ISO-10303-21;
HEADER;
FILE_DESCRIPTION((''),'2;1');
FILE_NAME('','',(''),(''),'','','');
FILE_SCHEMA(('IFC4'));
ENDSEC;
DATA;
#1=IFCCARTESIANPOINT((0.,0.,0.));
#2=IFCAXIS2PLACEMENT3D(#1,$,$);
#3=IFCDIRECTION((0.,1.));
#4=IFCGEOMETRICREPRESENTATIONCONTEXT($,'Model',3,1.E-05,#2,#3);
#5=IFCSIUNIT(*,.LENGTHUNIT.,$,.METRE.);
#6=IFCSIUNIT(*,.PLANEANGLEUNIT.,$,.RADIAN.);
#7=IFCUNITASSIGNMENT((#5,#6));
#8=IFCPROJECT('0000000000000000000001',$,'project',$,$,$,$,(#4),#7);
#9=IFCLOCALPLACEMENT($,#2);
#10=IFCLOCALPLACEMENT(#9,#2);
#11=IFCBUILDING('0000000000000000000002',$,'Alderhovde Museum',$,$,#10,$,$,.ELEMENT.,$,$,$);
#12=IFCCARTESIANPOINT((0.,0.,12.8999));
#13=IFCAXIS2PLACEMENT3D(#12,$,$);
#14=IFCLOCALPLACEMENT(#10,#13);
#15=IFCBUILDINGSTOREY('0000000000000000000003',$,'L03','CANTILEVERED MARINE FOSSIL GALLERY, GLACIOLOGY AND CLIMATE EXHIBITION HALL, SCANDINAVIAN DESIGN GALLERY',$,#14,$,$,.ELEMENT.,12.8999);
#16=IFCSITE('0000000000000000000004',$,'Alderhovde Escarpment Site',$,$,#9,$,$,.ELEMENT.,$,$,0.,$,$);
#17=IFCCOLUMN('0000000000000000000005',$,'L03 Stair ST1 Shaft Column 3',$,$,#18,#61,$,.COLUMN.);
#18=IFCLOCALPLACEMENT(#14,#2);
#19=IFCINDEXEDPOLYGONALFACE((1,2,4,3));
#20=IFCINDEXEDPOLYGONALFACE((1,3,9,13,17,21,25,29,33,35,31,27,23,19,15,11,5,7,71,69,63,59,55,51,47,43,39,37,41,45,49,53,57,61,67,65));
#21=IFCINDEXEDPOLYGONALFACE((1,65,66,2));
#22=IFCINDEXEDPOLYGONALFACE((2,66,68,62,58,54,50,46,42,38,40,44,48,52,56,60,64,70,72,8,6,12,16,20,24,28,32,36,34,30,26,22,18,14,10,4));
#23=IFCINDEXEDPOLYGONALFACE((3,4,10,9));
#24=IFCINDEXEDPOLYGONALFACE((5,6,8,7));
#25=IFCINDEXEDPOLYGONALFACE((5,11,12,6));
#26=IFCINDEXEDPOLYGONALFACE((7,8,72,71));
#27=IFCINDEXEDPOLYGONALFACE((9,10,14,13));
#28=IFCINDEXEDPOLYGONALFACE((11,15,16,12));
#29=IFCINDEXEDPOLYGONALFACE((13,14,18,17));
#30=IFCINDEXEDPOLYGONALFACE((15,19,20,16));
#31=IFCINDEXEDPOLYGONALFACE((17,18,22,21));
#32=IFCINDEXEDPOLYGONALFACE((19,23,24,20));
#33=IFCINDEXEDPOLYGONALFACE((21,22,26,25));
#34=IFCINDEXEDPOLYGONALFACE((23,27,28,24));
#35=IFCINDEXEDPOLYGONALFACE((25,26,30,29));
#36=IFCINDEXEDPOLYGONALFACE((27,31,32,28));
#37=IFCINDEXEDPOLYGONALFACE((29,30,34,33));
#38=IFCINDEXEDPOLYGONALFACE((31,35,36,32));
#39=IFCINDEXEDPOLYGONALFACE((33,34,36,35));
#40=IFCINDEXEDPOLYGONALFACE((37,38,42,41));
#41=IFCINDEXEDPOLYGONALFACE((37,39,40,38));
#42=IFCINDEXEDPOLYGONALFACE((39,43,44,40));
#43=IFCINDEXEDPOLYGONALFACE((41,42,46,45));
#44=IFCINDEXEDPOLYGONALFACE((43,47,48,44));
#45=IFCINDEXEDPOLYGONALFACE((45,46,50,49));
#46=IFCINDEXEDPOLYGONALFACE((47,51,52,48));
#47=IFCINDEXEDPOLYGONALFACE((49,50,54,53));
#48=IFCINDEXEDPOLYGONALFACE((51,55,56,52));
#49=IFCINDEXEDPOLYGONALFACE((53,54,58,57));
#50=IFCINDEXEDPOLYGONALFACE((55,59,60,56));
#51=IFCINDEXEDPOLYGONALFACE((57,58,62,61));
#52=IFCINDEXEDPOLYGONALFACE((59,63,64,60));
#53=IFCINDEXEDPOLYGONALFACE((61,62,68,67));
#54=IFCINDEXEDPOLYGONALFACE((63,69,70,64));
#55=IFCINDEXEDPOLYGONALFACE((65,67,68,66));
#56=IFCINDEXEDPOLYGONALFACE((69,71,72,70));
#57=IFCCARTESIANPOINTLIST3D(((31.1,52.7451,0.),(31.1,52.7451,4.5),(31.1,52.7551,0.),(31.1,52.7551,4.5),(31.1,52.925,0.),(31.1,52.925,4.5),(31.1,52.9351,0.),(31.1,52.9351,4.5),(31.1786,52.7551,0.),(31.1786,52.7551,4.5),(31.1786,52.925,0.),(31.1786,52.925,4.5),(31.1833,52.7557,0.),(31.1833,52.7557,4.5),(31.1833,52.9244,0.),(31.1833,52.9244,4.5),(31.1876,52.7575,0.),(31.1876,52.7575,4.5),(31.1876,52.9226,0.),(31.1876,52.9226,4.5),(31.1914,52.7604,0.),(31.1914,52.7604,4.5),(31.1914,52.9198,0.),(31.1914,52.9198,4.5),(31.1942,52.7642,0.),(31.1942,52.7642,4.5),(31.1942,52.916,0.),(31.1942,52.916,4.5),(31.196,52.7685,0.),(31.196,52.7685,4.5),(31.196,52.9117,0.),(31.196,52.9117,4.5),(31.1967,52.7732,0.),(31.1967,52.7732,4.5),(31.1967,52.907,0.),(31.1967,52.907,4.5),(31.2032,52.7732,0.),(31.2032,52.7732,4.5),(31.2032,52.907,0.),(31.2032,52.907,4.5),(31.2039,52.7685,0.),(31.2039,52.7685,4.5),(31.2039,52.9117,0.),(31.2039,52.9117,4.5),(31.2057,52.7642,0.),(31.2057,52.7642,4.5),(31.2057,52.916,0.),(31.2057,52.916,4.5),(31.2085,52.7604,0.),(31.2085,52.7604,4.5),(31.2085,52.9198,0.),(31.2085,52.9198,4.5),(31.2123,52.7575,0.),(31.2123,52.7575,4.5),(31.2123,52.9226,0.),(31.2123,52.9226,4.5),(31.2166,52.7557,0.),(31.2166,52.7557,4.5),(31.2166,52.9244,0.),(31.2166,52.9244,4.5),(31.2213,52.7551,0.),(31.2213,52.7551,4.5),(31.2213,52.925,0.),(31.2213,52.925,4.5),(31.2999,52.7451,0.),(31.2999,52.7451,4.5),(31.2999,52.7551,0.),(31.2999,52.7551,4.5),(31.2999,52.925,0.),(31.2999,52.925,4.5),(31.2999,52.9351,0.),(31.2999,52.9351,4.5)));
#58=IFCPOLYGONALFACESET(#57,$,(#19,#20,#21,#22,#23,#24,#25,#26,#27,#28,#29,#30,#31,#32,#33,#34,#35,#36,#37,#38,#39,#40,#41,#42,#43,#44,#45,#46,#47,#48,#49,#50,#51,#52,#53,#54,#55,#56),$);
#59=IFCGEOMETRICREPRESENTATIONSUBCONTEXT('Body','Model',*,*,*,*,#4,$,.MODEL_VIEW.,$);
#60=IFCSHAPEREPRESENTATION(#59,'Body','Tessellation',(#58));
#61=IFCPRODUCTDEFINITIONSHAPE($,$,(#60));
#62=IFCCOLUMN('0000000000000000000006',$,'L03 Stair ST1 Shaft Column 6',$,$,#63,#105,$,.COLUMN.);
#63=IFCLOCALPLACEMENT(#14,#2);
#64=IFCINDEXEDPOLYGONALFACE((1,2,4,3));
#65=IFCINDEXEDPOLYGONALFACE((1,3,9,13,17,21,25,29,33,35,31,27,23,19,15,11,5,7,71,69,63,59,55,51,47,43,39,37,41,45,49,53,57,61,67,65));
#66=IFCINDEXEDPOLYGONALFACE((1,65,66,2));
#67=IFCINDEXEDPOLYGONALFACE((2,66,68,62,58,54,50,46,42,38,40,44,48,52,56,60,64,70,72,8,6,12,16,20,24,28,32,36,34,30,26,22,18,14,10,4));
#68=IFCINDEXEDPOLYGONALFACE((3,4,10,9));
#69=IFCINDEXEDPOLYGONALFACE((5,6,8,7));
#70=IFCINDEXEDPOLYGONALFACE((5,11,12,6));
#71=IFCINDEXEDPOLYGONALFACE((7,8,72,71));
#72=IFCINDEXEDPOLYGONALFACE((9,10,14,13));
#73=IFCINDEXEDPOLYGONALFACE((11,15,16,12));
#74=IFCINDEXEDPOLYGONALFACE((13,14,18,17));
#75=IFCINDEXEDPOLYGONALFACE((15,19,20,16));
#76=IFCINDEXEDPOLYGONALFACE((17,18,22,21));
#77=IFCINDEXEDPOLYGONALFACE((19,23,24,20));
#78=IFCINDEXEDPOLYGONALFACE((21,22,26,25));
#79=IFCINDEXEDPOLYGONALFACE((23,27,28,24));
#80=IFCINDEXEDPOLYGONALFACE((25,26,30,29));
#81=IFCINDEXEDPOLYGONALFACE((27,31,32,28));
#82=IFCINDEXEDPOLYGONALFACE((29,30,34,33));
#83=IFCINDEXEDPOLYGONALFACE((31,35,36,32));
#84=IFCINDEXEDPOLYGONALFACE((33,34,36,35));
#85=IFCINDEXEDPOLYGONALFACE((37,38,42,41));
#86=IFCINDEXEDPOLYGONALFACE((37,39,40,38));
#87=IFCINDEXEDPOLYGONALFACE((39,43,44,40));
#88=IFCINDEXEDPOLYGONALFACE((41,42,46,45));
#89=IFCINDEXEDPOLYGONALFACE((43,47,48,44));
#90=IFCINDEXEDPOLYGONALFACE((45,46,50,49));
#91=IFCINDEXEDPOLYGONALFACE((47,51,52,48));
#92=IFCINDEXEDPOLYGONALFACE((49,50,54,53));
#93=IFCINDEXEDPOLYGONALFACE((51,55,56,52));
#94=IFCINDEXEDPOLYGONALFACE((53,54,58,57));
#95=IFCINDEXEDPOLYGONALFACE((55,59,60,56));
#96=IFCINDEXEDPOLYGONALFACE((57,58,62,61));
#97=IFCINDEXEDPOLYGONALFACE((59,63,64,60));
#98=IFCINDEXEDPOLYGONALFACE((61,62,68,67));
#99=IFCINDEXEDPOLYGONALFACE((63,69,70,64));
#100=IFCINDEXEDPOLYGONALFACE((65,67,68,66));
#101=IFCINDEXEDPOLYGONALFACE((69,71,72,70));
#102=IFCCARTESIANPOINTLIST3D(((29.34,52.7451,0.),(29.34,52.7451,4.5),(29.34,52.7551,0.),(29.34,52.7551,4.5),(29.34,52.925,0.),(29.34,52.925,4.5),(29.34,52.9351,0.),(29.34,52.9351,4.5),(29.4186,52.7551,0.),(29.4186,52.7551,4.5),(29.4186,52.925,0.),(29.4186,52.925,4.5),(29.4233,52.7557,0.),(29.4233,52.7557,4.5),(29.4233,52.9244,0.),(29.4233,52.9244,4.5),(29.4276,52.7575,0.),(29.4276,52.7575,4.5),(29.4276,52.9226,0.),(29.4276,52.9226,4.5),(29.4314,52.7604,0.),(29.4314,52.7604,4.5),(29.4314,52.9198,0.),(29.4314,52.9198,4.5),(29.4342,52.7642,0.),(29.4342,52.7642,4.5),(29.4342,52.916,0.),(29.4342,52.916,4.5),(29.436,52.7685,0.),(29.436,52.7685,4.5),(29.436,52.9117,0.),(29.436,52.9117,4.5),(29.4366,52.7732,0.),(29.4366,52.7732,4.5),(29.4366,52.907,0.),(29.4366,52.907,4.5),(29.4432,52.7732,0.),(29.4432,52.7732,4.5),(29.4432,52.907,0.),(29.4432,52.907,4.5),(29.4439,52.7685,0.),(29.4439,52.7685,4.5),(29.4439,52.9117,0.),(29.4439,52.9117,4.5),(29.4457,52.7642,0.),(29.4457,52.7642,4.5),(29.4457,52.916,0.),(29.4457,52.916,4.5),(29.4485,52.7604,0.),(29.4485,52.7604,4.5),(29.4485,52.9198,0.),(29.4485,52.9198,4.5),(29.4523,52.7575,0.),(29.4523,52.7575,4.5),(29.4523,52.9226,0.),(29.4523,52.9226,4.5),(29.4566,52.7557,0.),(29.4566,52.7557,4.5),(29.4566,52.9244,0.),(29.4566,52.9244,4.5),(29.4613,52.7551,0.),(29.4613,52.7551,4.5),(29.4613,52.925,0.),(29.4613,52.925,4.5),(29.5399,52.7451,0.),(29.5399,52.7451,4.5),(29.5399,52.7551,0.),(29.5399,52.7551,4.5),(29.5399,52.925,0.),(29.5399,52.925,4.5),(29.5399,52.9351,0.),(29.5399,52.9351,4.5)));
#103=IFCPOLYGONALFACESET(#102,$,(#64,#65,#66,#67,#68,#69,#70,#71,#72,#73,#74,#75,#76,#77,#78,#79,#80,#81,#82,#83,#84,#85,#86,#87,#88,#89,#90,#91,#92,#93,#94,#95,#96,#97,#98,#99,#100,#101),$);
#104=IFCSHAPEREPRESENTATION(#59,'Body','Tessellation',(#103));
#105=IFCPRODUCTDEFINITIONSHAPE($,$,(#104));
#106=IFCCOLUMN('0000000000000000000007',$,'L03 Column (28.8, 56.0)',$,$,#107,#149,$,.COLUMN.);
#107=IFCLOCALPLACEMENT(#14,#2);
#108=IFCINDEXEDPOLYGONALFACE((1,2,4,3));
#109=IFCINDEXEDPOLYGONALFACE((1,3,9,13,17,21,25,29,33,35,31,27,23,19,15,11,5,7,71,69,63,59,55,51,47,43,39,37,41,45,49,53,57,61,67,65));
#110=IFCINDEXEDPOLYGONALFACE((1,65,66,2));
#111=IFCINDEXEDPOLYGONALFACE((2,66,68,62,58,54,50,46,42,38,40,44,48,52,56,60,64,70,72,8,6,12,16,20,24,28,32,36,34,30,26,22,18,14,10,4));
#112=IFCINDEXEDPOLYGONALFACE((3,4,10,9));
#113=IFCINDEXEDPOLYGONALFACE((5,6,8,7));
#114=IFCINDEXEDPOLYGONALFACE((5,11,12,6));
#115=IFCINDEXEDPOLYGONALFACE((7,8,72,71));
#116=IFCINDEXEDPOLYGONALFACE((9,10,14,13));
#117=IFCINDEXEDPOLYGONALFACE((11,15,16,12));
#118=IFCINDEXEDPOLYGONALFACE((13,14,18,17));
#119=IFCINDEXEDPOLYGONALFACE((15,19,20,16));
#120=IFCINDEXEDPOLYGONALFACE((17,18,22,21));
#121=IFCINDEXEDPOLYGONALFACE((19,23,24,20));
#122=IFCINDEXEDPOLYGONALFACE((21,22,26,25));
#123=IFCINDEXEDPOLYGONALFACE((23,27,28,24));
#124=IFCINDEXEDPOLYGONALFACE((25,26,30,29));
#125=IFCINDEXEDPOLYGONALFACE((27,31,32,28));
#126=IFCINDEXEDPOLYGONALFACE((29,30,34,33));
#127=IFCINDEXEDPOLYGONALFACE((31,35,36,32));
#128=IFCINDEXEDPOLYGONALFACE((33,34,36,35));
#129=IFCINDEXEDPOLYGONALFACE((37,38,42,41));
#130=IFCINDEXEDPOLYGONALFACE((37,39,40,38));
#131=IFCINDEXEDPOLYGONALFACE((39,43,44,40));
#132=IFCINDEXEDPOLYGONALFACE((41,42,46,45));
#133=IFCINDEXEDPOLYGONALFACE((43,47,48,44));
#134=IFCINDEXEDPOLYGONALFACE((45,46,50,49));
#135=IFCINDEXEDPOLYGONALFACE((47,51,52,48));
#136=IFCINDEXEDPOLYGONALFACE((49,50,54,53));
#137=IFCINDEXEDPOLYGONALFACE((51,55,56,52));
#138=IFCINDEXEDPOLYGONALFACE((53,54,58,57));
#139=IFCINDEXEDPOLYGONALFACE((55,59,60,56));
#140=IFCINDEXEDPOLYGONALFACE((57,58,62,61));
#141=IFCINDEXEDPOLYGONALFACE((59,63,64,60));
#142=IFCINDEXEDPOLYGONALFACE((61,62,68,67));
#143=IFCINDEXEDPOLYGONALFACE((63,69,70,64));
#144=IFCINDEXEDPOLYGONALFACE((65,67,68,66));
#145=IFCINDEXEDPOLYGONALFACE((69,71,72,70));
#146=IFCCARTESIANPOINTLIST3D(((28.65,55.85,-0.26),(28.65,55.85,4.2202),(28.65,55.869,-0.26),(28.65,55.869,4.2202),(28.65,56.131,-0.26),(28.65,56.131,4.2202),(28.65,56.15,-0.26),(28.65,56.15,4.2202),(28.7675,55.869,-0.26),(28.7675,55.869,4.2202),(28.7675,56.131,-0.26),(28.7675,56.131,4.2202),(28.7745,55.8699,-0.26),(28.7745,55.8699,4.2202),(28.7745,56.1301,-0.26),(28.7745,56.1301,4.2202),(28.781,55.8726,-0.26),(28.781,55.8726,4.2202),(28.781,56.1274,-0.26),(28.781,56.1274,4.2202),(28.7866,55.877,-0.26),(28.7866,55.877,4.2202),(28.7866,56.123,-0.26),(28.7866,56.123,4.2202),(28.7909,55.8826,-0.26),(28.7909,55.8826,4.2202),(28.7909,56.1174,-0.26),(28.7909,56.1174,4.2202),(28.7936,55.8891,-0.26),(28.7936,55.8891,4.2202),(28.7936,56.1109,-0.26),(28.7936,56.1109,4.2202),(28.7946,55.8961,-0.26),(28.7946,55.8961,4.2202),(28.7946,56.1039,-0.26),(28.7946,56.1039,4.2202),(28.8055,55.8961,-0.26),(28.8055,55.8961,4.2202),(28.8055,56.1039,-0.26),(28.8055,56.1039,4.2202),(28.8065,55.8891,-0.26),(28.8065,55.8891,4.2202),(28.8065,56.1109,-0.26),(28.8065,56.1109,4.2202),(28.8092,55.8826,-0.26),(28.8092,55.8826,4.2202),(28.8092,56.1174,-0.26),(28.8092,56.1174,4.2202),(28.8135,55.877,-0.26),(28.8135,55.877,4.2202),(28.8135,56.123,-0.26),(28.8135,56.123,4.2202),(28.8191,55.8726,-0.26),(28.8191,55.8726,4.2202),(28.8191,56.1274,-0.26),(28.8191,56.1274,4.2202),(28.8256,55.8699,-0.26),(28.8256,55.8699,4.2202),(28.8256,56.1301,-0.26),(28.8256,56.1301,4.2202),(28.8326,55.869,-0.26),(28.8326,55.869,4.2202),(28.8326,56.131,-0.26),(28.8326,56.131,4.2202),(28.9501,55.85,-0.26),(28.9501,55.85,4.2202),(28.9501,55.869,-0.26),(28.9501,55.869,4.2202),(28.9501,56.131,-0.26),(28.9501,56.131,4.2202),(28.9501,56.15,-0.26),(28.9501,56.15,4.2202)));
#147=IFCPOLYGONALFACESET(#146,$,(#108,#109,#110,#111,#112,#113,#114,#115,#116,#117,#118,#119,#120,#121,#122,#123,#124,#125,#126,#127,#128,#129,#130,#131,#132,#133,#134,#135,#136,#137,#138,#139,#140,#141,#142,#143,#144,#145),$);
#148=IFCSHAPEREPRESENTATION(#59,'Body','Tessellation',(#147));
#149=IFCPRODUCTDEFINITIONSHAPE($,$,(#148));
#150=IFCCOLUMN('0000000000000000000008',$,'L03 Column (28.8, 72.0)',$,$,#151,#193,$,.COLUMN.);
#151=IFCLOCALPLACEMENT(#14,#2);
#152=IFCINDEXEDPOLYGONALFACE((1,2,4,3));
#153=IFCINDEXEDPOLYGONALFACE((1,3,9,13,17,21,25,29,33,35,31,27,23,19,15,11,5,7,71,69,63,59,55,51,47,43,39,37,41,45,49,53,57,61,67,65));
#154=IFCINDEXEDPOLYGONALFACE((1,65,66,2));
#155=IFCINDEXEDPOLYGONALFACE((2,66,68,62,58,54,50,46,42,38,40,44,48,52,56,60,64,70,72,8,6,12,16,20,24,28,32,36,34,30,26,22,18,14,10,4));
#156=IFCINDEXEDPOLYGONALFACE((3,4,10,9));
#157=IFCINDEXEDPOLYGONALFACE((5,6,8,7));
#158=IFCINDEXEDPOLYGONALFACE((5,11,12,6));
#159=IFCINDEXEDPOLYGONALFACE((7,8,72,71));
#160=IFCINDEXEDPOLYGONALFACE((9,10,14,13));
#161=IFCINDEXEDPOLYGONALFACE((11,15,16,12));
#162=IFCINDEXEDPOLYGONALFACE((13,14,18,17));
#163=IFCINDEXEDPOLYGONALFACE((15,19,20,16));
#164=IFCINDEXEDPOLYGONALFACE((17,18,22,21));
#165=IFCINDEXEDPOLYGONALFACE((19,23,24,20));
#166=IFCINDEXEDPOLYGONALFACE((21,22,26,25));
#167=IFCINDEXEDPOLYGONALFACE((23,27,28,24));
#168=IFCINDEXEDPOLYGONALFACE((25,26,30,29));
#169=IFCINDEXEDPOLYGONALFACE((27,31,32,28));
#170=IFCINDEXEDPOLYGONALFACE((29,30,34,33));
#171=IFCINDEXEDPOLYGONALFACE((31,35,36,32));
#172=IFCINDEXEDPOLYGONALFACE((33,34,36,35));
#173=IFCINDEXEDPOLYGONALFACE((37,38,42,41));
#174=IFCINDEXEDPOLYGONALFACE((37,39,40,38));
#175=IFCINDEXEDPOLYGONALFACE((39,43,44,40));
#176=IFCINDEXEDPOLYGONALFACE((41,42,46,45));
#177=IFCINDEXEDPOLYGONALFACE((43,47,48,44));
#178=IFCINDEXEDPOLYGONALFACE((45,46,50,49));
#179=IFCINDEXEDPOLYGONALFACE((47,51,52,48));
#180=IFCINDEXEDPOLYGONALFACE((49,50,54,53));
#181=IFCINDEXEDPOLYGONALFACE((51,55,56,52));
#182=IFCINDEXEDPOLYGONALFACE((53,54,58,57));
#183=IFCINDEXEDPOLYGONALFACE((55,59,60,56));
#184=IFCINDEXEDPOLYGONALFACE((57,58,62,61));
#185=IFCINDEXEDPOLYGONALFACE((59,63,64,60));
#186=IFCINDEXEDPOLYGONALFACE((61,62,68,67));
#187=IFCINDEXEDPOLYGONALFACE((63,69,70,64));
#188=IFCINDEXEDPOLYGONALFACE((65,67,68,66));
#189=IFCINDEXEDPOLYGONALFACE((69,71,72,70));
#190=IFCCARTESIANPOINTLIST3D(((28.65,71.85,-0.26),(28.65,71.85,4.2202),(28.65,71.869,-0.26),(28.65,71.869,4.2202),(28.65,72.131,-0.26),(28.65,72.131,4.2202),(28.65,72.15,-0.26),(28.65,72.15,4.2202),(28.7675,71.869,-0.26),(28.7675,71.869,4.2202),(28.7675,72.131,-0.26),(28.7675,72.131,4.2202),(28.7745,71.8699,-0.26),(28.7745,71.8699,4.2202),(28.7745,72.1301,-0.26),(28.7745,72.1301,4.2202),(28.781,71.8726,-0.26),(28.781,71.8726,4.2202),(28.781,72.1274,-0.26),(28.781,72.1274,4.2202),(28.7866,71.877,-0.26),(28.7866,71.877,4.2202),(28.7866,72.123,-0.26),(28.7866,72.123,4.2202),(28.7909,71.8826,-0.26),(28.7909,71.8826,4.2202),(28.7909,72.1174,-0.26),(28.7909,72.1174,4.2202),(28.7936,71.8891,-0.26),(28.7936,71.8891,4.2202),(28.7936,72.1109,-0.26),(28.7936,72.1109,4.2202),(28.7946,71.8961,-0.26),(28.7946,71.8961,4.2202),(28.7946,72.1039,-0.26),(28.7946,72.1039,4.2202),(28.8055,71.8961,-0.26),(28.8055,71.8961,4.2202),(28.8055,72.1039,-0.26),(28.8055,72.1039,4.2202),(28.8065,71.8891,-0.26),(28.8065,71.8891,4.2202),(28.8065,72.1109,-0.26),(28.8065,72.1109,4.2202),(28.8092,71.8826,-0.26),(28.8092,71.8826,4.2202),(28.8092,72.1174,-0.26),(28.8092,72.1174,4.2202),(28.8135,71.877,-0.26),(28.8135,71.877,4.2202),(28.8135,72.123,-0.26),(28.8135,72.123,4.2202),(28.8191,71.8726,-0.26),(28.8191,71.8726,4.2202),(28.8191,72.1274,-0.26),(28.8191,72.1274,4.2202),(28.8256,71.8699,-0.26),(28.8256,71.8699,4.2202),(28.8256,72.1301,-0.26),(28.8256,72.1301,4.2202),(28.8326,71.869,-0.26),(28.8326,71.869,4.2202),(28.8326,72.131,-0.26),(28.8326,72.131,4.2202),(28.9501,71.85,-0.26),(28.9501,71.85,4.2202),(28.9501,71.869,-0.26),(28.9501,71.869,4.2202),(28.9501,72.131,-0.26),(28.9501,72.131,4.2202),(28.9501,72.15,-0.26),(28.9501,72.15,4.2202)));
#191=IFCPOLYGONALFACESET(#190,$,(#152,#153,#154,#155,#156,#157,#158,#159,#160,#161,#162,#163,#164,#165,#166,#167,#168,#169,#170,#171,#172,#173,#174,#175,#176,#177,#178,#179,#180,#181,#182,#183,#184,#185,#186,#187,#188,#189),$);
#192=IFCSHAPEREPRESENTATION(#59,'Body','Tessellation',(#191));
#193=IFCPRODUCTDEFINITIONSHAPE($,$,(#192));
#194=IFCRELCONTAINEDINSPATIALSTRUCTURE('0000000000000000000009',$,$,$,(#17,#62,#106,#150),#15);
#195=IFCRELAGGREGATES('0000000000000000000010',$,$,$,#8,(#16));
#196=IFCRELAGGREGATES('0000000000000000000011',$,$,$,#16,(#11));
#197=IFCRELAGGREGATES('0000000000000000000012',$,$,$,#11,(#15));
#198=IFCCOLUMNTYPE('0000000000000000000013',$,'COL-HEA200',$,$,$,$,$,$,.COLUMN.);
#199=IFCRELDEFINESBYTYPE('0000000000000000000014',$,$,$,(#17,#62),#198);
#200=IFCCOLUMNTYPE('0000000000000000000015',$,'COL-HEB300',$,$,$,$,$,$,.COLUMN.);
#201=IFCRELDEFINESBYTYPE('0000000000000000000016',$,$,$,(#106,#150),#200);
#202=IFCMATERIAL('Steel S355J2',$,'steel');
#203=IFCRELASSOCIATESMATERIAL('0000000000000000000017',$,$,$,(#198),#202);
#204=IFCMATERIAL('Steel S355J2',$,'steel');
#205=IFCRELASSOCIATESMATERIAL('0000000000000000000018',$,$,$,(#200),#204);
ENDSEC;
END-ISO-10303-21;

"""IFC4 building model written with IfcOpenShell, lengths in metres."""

from ifc_helpers import new_model, si_unit, direction, frame, origin, origin_2d, place, context, subcontext, project, spatial, i_section, extrude, material, material_profile, profile_set, type_object, element, save


model = new_model("IFC4")

# Units and contexts
model_context = context("Model", 3, precision=1e-05, world=origin(), true_north=direction((0.0, 1.0)))
body_context = subcontext(model_context, "Body", "Model", "MODEL_VIEW")
ifc_project = project(units=[si_unit("LENGTHUNIT", "METRE"), si_unit("PLANEANGLEUNIT", "RADIAN")], contexts=[model_context])

# Site, building, storey
site_placement = place(None, origin())
site = spatial("IfcSite", under=ifc_project, at=site_placement, Name="Alderhovde Escarpment Site", CompositionType="ELEMENT", RefElevation=0.0)
building_placement = place(site_placement, origin())
building = spatial("IfcBuilding", under=site, at=building_placement, Name="Alderhovde Museum", CompositionType="ELEMENT")
storey_placement = place(building_placement, frame((0.0, 0.0, 12.8999)))
storey = spatial("IfcBuildingStorey", under=building, at=storey_placement, Name="L03", Description="CANTILEVERED MARINE FOSSIL GALLERY, GLACIOLOGY AND CLIMATE EXHIBITION HALL, SCANDINAVIAN DESIGN GALLERY", CompositionType="ELEMENT", Elevation=12.8999)

# Columns
ifc_material_1 = material(Name="Steel S355J2", Category="steel")
ifc_material_profile_1 = material_profile(ifc_material_1, i_section(OverallWidth=0.2, OverallDepth=0.1899, WebThickness=0.0066, FlangeThickness=0.01, FilletRadius=0.0181, at=origin_2d()), Name="HEA 200")
ifc_profile_set_1 = profile_set([ifc_material_profile_1], Name="Steel S355J2")
column_type_1 = type_object("IfcColumnType", Name="COL-HEA200", PredefinedType="COLUMN", material=ifc_profile_set_1)
for number, where, z_axis, x_axis, name in (
    (1, (31.2, 52.8401, 0.0), (0.0, 0.0, 1.0), (1.0, 0.0, 0.0), "L03 Stair ST1 Shaft Column 3"),
    (2, (29.4399, 52.8401, 0.0), (0.0, 0.0, 1.0), (1.0, 0.0, 0.0), "L03 Stair ST1 Shaft Column 6"),
):
    element("IfcColumn", number, at=place(storey_placement, frame(where, z_axis=z_axis, x_axis=x_axis)), inside=storey, type_object=column_type_1, Name=name, PredefinedType="COLUMN", context=body_context, shape_type="SweptSolid", body=[
        extrude(i_section(OverallWidth=0.2, OverallDepth=0.1899, WebThickness=0.0066, FlangeThickness=0.01, FilletRadius=0.0181, at=origin_2d()), origin(), (0.0, 0.0, 1.0), 4.5),
    ])
ifc_material_2 = material(Name="Steel S355J2", Category="steel")
ifc_material_profile_2 = material_profile(ifc_material_2, i_section(OverallWidth=0.3, OverallDepth=0.3, WebThickness=0.011, FlangeThickness=0.019, FilletRadius=0.0271, at=origin_2d()), Name="HEB 300")
ifc_profile_set_2 = profile_set([ifc_material_profile_2], Name="Steel S355J2")
column_type_2 = type_object("IfcColumnType", Name="COL-HEB300", PredefinedType="COLUMN", material=ifc_profile_set_2)
for number, where, z_axis, x_axis, name in (
    (3, (28.8, 56.0, -0.26), (0.0, 0.0, 1.0), (1.0, 0.0, 0.0), "L03 Column (28.8, 56.0)"),
    (4, (28.8, 72.0, -0.26), (0.0, 0.0, 1.0), (1.0, 0.0, 0.0), "L03 Column (28.8, 72.0)"),
):
    element("IfcColumn", number, at=place(storey_placement, frame(where, z_axis=z_axis, x_axis=x_axis)), inside=storey, type_object=column_type_2, Name=name, PredefinedType="COLUMN", context=body_context, shape_type="SweptSolid", body=[
        extrude(i_section(OverallWidth=0.3, OverallDepth=0.3, WebThickness=0.011, FlangeThickness=0.019, FilletRadius=0.0271, at=origin_2d()), origin(), (0.0, 0.0, 1.0), 4.4802),
    ])

save(model, "model.ifc")
